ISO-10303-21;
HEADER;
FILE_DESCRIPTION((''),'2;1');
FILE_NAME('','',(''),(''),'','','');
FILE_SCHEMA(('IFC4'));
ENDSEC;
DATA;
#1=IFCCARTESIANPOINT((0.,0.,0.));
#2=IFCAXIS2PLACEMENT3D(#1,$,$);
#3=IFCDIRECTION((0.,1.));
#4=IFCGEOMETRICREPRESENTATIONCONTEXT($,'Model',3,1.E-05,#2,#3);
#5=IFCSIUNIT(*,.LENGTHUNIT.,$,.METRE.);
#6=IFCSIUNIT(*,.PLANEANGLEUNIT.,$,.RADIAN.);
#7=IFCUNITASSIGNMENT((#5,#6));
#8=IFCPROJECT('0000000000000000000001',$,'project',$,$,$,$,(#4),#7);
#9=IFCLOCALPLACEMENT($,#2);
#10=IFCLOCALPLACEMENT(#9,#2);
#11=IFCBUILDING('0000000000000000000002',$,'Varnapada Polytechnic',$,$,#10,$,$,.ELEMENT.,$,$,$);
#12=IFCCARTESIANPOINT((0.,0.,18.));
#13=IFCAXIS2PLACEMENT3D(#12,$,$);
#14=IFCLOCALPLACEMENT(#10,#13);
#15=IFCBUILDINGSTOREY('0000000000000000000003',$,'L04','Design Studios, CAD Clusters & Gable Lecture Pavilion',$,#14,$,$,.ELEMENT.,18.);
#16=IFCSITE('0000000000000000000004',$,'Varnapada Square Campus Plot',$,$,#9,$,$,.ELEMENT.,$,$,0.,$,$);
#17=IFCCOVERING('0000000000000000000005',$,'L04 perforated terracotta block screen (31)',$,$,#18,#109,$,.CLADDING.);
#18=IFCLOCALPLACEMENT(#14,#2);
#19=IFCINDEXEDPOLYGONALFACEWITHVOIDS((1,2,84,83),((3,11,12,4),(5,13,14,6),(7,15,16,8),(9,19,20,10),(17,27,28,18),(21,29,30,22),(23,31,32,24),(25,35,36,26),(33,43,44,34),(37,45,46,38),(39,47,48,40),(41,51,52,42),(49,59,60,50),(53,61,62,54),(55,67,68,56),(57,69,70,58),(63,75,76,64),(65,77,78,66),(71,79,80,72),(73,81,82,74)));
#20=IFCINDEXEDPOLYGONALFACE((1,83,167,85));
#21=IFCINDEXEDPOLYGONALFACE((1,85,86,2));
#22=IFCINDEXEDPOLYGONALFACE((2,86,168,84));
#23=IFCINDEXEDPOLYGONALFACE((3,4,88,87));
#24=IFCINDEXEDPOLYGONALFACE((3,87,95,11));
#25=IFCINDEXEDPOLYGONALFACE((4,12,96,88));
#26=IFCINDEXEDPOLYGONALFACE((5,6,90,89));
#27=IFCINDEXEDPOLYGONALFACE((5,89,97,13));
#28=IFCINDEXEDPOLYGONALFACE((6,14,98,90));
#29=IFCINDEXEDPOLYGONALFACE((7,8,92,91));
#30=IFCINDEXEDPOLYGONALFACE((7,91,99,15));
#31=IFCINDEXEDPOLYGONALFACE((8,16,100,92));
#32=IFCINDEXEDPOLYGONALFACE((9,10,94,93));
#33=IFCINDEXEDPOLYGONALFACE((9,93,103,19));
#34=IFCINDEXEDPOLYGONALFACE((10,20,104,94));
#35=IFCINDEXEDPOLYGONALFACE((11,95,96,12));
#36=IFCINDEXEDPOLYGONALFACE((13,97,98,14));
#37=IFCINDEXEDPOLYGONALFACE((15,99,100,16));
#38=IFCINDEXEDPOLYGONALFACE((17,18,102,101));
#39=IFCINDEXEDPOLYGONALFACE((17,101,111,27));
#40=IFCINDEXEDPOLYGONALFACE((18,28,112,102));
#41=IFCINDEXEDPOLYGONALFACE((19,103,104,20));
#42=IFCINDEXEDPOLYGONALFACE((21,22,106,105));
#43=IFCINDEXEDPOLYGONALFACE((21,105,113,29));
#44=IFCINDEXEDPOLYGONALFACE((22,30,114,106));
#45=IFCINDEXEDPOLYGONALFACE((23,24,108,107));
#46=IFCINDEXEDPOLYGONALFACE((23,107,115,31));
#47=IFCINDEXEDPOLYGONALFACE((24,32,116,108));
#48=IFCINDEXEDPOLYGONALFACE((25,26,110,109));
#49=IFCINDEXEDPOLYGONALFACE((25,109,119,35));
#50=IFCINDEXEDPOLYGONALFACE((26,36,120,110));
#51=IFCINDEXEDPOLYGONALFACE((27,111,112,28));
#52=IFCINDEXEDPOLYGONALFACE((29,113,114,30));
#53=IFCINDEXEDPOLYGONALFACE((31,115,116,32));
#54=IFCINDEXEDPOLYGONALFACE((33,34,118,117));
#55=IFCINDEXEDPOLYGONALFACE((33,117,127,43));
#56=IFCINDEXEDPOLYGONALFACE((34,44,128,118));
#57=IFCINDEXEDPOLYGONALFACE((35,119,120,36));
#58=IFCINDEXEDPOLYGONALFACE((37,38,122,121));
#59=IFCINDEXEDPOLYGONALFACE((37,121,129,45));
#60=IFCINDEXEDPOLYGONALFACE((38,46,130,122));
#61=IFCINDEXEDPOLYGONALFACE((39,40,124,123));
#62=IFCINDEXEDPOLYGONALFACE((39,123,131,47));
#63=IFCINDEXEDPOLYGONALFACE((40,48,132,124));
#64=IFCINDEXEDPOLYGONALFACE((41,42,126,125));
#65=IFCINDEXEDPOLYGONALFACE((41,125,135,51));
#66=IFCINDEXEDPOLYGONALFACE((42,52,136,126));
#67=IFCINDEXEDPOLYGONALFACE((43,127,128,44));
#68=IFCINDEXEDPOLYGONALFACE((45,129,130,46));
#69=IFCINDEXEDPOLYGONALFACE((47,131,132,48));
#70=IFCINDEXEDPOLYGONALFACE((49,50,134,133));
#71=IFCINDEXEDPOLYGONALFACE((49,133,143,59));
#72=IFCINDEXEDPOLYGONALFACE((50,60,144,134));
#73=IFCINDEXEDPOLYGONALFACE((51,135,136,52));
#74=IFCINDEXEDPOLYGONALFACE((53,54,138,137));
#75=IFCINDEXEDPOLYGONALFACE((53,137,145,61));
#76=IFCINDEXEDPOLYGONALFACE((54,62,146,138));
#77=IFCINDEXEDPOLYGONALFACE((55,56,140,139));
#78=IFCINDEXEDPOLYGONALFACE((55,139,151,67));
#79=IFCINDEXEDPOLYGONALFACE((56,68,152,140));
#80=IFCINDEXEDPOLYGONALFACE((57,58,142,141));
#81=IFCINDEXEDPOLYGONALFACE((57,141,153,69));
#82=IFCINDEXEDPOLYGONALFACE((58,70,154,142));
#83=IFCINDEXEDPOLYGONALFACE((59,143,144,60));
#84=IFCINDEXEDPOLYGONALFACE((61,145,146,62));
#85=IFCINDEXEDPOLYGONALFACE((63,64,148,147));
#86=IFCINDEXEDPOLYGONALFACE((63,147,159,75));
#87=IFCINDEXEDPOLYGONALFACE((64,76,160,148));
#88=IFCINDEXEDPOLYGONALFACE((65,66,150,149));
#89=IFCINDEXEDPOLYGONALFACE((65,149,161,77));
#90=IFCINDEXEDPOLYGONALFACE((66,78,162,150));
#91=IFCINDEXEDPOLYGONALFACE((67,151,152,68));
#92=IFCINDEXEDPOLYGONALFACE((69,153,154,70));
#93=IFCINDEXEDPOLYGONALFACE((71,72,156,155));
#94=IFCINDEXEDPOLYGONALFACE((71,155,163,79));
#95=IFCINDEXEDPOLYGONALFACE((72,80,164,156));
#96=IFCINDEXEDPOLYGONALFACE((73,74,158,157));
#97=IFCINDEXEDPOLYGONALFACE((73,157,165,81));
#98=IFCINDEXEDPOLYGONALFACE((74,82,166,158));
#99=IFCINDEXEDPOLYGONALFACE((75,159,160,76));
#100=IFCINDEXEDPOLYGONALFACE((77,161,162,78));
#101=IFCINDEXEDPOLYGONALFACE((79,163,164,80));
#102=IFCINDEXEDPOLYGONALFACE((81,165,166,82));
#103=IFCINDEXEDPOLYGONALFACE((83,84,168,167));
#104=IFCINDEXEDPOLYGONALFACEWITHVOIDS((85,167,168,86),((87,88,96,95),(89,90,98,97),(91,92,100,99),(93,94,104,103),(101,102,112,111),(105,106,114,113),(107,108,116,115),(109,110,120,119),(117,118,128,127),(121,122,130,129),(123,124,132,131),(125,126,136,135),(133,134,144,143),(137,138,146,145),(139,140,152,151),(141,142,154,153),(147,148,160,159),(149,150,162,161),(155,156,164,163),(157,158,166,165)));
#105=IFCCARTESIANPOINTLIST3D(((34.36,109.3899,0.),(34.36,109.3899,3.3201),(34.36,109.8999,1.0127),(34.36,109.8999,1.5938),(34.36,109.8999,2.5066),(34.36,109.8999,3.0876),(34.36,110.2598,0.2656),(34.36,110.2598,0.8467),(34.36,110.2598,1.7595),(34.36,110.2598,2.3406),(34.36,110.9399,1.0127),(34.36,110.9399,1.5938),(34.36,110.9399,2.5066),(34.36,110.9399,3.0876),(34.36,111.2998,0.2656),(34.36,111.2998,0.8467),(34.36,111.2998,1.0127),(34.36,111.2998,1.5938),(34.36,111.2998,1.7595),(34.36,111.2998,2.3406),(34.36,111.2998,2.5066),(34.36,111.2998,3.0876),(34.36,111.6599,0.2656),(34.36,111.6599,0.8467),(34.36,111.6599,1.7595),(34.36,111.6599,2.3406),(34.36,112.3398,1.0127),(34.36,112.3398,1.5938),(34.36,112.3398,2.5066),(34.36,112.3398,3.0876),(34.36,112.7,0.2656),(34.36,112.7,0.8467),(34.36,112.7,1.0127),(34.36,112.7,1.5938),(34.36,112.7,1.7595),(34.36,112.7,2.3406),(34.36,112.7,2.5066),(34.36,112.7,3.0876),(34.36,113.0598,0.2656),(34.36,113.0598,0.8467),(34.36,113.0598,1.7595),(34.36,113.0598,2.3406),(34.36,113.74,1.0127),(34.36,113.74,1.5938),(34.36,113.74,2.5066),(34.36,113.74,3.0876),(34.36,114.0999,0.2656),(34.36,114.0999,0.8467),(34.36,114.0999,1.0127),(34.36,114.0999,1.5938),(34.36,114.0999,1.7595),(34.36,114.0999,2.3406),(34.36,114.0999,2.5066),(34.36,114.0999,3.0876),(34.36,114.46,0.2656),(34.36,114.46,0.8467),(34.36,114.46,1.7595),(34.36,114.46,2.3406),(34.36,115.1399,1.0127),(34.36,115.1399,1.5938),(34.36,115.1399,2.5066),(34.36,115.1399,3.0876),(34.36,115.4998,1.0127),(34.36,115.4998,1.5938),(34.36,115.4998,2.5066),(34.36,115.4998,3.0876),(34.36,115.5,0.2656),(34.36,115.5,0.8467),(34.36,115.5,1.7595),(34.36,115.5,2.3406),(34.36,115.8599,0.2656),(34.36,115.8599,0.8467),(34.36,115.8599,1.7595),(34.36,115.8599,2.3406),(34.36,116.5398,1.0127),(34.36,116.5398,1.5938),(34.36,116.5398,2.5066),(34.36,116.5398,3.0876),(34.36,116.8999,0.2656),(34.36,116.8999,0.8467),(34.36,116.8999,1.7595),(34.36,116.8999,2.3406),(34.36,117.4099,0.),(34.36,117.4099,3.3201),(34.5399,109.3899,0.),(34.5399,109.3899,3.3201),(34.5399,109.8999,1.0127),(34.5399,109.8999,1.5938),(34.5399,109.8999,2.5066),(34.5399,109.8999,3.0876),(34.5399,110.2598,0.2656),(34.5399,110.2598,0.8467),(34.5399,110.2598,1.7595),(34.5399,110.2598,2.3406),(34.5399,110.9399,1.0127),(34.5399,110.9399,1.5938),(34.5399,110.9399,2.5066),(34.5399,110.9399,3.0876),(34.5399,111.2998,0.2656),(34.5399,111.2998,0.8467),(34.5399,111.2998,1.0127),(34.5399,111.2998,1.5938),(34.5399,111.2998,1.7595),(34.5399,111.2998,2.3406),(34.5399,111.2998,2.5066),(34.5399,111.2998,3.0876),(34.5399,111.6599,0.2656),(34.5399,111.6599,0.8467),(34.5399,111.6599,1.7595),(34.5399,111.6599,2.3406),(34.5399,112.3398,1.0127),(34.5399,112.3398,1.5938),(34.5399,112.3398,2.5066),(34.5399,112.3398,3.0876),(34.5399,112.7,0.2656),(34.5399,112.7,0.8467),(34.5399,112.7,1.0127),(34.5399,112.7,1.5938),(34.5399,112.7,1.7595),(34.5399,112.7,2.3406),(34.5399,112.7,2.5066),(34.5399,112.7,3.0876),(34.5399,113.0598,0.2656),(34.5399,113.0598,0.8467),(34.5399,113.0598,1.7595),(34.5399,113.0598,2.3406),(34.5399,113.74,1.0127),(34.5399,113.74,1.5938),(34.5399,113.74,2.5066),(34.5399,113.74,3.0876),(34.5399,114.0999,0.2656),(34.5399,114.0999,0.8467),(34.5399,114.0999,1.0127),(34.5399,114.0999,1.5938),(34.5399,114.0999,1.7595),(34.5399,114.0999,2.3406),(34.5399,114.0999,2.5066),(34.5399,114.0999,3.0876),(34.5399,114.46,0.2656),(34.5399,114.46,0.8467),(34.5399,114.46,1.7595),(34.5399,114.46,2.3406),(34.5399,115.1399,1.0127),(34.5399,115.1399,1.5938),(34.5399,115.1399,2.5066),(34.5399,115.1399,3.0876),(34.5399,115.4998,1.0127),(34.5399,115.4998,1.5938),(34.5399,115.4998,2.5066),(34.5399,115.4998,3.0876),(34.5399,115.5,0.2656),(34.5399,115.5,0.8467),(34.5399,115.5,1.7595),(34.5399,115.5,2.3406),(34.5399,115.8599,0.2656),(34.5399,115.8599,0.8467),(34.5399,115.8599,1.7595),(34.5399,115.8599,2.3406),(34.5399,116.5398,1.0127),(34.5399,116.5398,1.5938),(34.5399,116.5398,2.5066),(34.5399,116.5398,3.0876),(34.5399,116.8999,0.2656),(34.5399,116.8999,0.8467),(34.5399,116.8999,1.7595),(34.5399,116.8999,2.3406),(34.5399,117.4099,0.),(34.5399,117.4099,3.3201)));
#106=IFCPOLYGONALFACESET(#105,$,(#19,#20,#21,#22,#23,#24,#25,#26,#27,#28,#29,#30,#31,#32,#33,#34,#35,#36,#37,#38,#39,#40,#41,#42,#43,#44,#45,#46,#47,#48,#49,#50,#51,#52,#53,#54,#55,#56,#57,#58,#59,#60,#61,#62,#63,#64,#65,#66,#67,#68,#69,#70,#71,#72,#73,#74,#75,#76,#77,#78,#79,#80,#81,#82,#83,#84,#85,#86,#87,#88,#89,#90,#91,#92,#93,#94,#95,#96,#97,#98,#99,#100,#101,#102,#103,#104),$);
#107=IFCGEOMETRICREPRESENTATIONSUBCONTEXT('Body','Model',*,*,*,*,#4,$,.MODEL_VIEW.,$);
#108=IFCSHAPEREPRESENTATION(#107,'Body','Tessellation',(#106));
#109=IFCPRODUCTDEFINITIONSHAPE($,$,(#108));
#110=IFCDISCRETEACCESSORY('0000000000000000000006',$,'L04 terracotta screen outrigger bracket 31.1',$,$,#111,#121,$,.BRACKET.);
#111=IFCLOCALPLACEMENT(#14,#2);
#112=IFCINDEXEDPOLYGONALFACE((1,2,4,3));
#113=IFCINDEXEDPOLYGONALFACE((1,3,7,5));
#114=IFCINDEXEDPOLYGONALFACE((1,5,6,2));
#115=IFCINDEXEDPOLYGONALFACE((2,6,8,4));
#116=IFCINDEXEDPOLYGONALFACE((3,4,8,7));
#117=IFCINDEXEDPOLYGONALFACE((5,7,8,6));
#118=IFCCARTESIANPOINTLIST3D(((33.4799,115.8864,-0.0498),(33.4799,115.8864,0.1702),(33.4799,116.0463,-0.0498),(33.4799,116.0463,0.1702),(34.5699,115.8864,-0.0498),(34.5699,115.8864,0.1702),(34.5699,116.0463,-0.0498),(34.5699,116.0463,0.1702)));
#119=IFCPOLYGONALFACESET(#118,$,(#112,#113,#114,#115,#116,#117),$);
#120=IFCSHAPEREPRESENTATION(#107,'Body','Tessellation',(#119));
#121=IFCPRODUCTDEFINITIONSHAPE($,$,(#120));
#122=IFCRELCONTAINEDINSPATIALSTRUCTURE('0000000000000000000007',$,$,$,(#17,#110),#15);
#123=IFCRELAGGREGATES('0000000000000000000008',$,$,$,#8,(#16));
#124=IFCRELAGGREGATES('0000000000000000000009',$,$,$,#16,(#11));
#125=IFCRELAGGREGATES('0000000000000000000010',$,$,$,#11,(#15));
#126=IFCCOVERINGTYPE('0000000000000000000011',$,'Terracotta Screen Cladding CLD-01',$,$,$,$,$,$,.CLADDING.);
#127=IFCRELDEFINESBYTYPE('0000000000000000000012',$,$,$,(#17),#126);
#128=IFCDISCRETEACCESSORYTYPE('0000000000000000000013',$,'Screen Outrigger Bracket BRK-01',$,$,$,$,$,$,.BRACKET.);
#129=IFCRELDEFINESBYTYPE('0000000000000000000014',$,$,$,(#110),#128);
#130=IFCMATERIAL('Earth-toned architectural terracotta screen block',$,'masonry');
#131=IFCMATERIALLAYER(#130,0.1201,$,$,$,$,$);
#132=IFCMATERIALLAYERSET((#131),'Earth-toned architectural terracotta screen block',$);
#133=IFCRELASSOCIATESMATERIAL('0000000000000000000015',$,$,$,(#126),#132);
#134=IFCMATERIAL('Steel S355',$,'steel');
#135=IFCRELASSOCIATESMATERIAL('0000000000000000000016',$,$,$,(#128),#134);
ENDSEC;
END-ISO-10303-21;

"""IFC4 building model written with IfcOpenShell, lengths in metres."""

from ifc_helpers import new_model, si_unit, direction, frame, frame_2d, origin, origin_2d, place, context, subcontext, project, spatial, rectangle, extrude, material, layer, layer_set, type_object, element, save


model = new_model("IFC4")

# Units and contexts
model_context = context("Model", 3, precision=1e-05, world=origin(), true_north=direction((0.0, 1.0)))
body_context = subcontext(model_context, "Body", "Model", "MODEL_VIEW")
ifc_project = project(units=[si_unit("LENGTHUNIT", "METRE"), si_unit("PLANEANGLEUNIT", "RADIAN")], contexts=[model_context])

# Site, building, storey
site_placement = place(None, origin())
site = spatial("IfcSite", under=ifc_project, at=site_placement, Name="Varnapada Square Campus Plot", CompositionType="ELEMENT", RefElevation=0.0)
building_placement = place(site_placement, origin())
building = spatial("IfcBuilding", under=site, at=building_placement, Name="Varnapada Polytechnic", CompositionType="ELEMENT")
storey_placement = place(building_placement, frame((0.0, 0.0, 18.0)))
storey = spatial("IfcBuildingStorey", under=building, at=storey_placement, Name="L04", Description="Design Studios, CAD Clusters & Gable Lecture Pavilion", CompositionType="ELEMENT", Elevation=18.0)

# Covering, openings
ifc_material_1 = material(Name="Earth-toned architectural terracotta screen block", Category="masonry")
ifc_layer = layer(ifc_material_1, 0.1201)
ifc_layer_set = layer_set([ifc_layer], Name="Earth-toned architectural terracotta screen block")
covering_type = type_object("IfcCoveringType", Name="Terracotta Screen Cladding CLD-01", PredefinedType="CLADDING", material=ifc_layer_set)
covering_placement = place(storey_placement, frame((34.45, 117.4099, 0.0), z_axis=(0.0, 0.0, 1.0), x_axis=(0.0, -1.0, 0.0)))
covering = element("IfcCovering", 1, at=covering_placement, inside=storey, type_object=covering_type, Name="L04 perforated terracotta block screen (31)", PredefinedType="CLADDING", context=body_context, shape_type="SweptSolid", body=[
    extrude(rectangle(XDim=8.02, YDim=0.1799, at=frame_2d((4.01, 0.0))), origin(), (0.0, 0.0, 1.0), 3.3201),
])
opening_1_placement = place(covering_placement, frame((0.51, 0.0, 0.2656)))
element("IfcOpeningElement", 2, at=opening_1_placement, cuts=covering, PredefinedType="OPENING", context=body_context, shape_type="SweptSolid", body=[
    extrude(rectangle(XDim=1.04, YDim=0.5811, at=frame_2d((0.52, 0.2905))), frame((0.0, 0.0999, 0.0), z_axis=(0.0, -1.0, 0.0), x_axis=(1.0, 0.0, 0.0)), (0.0, 0.0, 1.0), 0.2),
])
opening_2_placement = place(covering_placement, frame((1.9099, 0.0, 0.2656)))
element("IfcOpeningElement", 3, at=opening_2_placement, cuts=covering, PredefinedType="OPENING", context=body_context, shape_type="SweptSolid", body=[
    extrude(rectangle(XDim=1.04, YDim=0.5811, at=frame_2d((0.52, 0.2905))), frame((0.0, 0.0999, 0.0), z_axis=(0.0, -1.0, 0.0), x_axis=(1.0, 0.0, 0.0)), (0.0, 0.0, 1.0), 0.2),
])
opening_3_placement = place(covering_placement, frame((3.3101, 0.0, 0.2656)))
element("IfcOpeningElement", 4, at=opening_3_placement, cuts=covering, PredefinedType="OPENING", context=body_context, shape_type="SweptSolid", body=[
    extrude(rectangle(XDim=1.04, YDim=0.5811, at=frame_2d((0.52, 0.2905))), frame((0.0, 0.0999, 0.0), z_axis=(0.0, -1.0, 0.0), x_axis=(1.0, 0.0, 0.0)), (0.0, 0.0, 1.0), 0.2),
])
opening_4_placement = place(covering_placement, frame((4.71, 0.0, 0.2656)))
element("IfcOpeningElement", 5, at=opening_4_placement, cuts=covering, PredefinedType="OPENING", context=body_context, shape_type="SweptSolid", body=[
    extrude(rectangle(XDim=1.04, YDim=0.5811, at=frame_2d((0.52, 0.2905))), frame((0.0, 0.0999, 0.0), z_axis=(0.0, -1.0, 0.0), x_axis=(1.0, 0.0, 0.0)), (0.0, 0.0, 1.0), 0.2),
])
opening_5_placement = place(covering_placement, frame((6.1101, 0.0, 0.2656)))
element("IfcOpeningElement", 6, at=opening_5_placement, cuts=covering, PredefinedType="OPENING", context=body_context, shape_type="SweptSolid", body=[
    extrude(rectangle(XDim=1.04, YDim=0.5811, at=frame_2d((0.52, 0.2905))), frame((0.0, 0.0999, 0.0), z_axis=(0.0, -1.0, 0.0), x_axis=(1.0, 0.0, 0.0)), (0.0, 0.0, 1.0), 0.2),
])
opening_6_placement = place(covering_placement, frame((0.8701, 0.0, 1.0127)))
element("IfcOpeningElement", 7, at=opening_6_placement, cuts=covering, PredefinedType="OPENING", context=body_context, shape_type="SweptSolid", body=[
    extrude(rectangle(XDim=1.04, YDim=0.5811, at=frame_2d((0.52, 0.2905))), frame((0.0, 0.0999, 0.0), z_axis=(0.0, -1.0, 0.0), x_axis=(1.0, 0.0, 0.0)), (0.0, 0.0, 1.0), 0.2),
])
opening_7_placement = place(covering_placement, frame((2.27, 0.0, 1.0127)))
element("IfcOpeningElement", 8, at=opening_7_placement, cuts=covering, PredefinedType="OPENING", context=body_context, shape_type="SweptSolid", body=[
    extrude(rectangle(XDim=1.04, YDim=0.5811, at=frame_2d((0.52, 0.2905))), frame((0.0, 0.0999, 0.0), z_axis=(0.0, -1.0, 0.0), x_axis=(1.0, 0.0, 0.0)), (0.0, 0.0, 1.0), 0.2),
])
opening_8_placement = place(covering_placement, frame((3.6699, 0.0, 1.0127)))
element("IfcOpeningElement", 9, at=opening_8_placement, cuts=covering, PredefinedType="OPENING", context=body_context, shape_type="SweptSolid", body=[
    extrude(rectangle(XDim=1.04, YDim=0.5811, at=frame_2d((0.52, 0.2905))), frame((0.0, 0.0999, 0.0), z_axis=(0.0, -1.0, 0.0), x_axis=(1.0, 0.0, 0.0)), (0.0, 0.0, 1.0), 0.2),
])
opening_9_placement = place(covering_placement, frame((5.0701, 0.0, 1.0127)))
element("IfcOpeningElement", 10, at=opening_9_placement, cuts=covering, PredefinedType="OPENING", context=body_context, shape_type="SweptSolid", body=[
    extrude(rectangle(XDim=1.04, YDim=0.5811, at=frame_2d((0.52, 0.2905))), frame((0.0, 0.0999, 0.0), z_axis=(0.0, -1.0, 0.0), x_axis=(1.0, 0.0, 0.0)), (0.0, 0.0, 1.0), 0.2),
])
opening_10_placement = place(covering_placement, frame((6.47, 0.0, 1.0127)))
element("IfcOpeningElement", 11, at=opening_10_placement, cuts=covering, PredefinedType="OPENING", context=body_context, shape_type="SweptSolid", body=[
    extrude(rectangle(XDim=1.04, YDim=0.5811, at=frame_2d((0.52, 0.2905))), frame((0.0, 0.0999, 0.0), z_axis=(0.0, -1.0, 0.0), x_axis=(1.0, 0.0, 0.0)), (0.0, 0.0, 1.0), 0.2),
])
opening_11_placement = place(covering_placement, frame((0.51, 0.0, 1.7595)))
element("IfcOpeningElement", 12, at=opening_11_placement, cuts=covering, PredefinedType="OPENING", context=body_context, shape_type="SweptSolid", body=[
    extrude(rectangle(XDim=1.04, YDim=0.5811, at=frame_2d((0.52, 0.2905))), frame((0.0, 0.0999, 0.0), z_axis=(0.0, -1.0, 0.0), x_axis=(1.0, 0.0, 0.0)), (0.0, 0.0, 1.0), 0.2),
])
opening_12_placement = place(covering_placement, frame((1.9099, 0.0, 1.7595)))
element("IfcOpeningElement", 13, at=opening_12_placement, cuts=covering, PredefinedType="OPENING", context=body_context, shape_type="SweptSolid", body=[
    extrude(rectangle(XDim=1.04, YDim=0.5811, at=frame_2d((0.52, 0.2905))), frame((0.0, 0.0999, 0.0), z_axis=(0.0, -1.0, 0.0), x_axis=(1.0, 0.0, 0.0)), (0.0, 0.0, 1.0), 0.2),
])
opening_13_placement = place(covering_placement, frame((3.3101, 0.0, 1.7595)))
element("IfcOpeningElement", 14, at=opening_13_placement, cuts=covering, PredefinedType="OPENING", context=body_context, shape_type="SweptSolid", body=[
    extrude(rectangle(XDim=1.04, YDim=0.5811, at=frame_2d((0.52, 0.2905))), frame((0.0, 0.0999, 0.0), z_axis=(0.0, -1.0, 0.0), x_axis=(1.0, 0.0, 0.0)), (0.0, 0.0, 1.0), 0.2),
])
opening_14_placement = place(covering_placement, frame((4.71, 0.0, 1.7595)))
element("IfcOpeningElement", 15, at=opening_14_placement, cuts=covering, PredefinedType="OPENING", context=body_context, shape_type="SweptSolid", body=[
    extrude(rectangle(XDim=1.04, YDim=0.5811, at=frame_2d((0.52, 0.2905))), frame((0.0, 0.0999, 0.0), z_axis=(0.0, -1.0, 0.0), x_axis=(1.0, 0.0, 0.0)), (0.0, 0.0, 1.0), 0.2),
])
opening_15_placement = place(covering_placement, frame((6.1101, 0.0, 1.7595)))
element("IfcOpeningElement", 16, at=opening_15_placement, cuts=covering, PredefinedType="OPENING", context=body_context, shape_type="SweptSolid", body=[
    extrude(rectangle(XDim=1.04, YDim=0.5811, at=frame_2d((0.52, 0.2905))), frame((0.0, 0.0999, 0.0), z_axis=(0.0, -1.0, 0.0), x_axis=(1.0, 0.0, 0.0)), (0.0, 0.0, 1.0), 0.2),
])
opening_16_placement = place(covering_placement, frame((0.8701, 0.0, 2.5066)))
element("IfcOpeningElement", 17, at=opening_16_placement, cuts=covering, PredefinedType="OPENING", context=body_context, shape_type="SweptSolid", body=[
    extrude(rectangle(XDim=1.04, YDim=0.5811, at=frame_2d((0.52, 0.2905))), frame((0.0, 0.0999, 0.0), z_axis=(0.0, -1.0, 0.0), x_axis=(1.0, 0.0, 0.0)), (0.0, 0.0, 1.0), 0.2),
])
opening_17_placement = place(covering_placement, frame((2.27, 0.0, 2.5066)))
element("IfcOpeningElement", 18, at=opening_17_placement, cuts=covering, PredefinedType="OPENING", context=body_context, shape_type="SweptSolid", body=[
    extrude(rectangle(XDim=1.04, YDim=0.5811, at=frame_2d((0.52, 0.2905))), frame((0.0, 0.0999, 0.0), z_axis=(0.0, -1.0, 0.0), x_axis=(1.0, 0.0, 0.0)), (0.0, 0.0, 1.0), 0.2),
])
opening_18_placement = place(covering_placement, frame((3.6699, 0.0, 2.5066)))
element("IfcOpeningElement", 19, at=opening_18_placement, cuts=covering, PredefinedType="OPENING", context=body_context, shape_type="SweptSolid", body=[
    extrude(rectangle(XDim=1.04, YDim=0.5811, at=frame_2d((0.52, 0.2905))), frame((0.0, 0.0999, 0.0), z_axis=(0.0, -1.0, 0.0), x_axis=(1.0, 0.0, 0.0)), (0.0, 0.0, 1.0), 0.2),
])
opening_19_placement = place(covering_placement, frame((5.0701, 0.0, 2.5066)))
element("IfcOpeningElement", 20, at=opening_19_placement, cuts=covering, PredefinedType="OPENING", context=body_context, shape_type="SweptSolid", body=[
    extrude(rectangle(XDim=1.04, YDim=0.5811, at=frame_2d((0.52, 0.2905))), frame((0.0, 0.0999, 0.0), z_axis=(0.0, -1.0, 0.0), x_axis=(1.0, 0.0, 0.0)), (0.0, 0.0, 1.0), 0.2),
])
opening_20_placement = place(covering_placement, frame((6.47, 0.0, 2.5066)))
element("IfcOpeningElement", 21, at=opening_20_placement, cuts=covering, PredefinedType="OPENING", context=body_context, shape_type="SweptSolid", body=[
    extrude(rectangle(XDim=1.04, YDim=0.5811, at=frame_2d((0.52, 0.2905))), frame((0.0, 0.0999, 0.0), z_axis=(0.0, -1.0, 0.0), x_axis=(1.0, 0.0, 0.0)), (0.0, 0.0, 1.0), 0.2),
])

# Discrete accessory
ifc_material_2 = material(Name="Steel S355", Category="steel")
discrete_accessory_type = type_object("IfcDiscreteAccessoryType", Name="Screen Outrigger Bracket BRK-01", PredefinedType="BRACKET", material=ifc_material_2)
for number, where, z_axis, x_axis, name in (
    (22, (34.0249, 115.9663, -0.0498), (0.0, 0.0, 1.0), (0.0, -1.0, 0.0), "L04 terracotta screen outrigger bracket 31.1"),
):
    element("IfcDiscreteAccessory", number, at=place(storey_placement, frame(where, z_axis=z_axis, x_axis=x_axis)), inside=storey, type_object=discrete_accessory_type, Name=name, PredefinedType="BRACKET", context=body_context, shape_type="SweptSolid", body=[
        extrude(rectangle(XDim=0.1599, YDim=1.0901, at=origin_2d()), origin(), (0.0, 0.0, 1.0), 0.22),
    ])

save(model, "model.ifc")
